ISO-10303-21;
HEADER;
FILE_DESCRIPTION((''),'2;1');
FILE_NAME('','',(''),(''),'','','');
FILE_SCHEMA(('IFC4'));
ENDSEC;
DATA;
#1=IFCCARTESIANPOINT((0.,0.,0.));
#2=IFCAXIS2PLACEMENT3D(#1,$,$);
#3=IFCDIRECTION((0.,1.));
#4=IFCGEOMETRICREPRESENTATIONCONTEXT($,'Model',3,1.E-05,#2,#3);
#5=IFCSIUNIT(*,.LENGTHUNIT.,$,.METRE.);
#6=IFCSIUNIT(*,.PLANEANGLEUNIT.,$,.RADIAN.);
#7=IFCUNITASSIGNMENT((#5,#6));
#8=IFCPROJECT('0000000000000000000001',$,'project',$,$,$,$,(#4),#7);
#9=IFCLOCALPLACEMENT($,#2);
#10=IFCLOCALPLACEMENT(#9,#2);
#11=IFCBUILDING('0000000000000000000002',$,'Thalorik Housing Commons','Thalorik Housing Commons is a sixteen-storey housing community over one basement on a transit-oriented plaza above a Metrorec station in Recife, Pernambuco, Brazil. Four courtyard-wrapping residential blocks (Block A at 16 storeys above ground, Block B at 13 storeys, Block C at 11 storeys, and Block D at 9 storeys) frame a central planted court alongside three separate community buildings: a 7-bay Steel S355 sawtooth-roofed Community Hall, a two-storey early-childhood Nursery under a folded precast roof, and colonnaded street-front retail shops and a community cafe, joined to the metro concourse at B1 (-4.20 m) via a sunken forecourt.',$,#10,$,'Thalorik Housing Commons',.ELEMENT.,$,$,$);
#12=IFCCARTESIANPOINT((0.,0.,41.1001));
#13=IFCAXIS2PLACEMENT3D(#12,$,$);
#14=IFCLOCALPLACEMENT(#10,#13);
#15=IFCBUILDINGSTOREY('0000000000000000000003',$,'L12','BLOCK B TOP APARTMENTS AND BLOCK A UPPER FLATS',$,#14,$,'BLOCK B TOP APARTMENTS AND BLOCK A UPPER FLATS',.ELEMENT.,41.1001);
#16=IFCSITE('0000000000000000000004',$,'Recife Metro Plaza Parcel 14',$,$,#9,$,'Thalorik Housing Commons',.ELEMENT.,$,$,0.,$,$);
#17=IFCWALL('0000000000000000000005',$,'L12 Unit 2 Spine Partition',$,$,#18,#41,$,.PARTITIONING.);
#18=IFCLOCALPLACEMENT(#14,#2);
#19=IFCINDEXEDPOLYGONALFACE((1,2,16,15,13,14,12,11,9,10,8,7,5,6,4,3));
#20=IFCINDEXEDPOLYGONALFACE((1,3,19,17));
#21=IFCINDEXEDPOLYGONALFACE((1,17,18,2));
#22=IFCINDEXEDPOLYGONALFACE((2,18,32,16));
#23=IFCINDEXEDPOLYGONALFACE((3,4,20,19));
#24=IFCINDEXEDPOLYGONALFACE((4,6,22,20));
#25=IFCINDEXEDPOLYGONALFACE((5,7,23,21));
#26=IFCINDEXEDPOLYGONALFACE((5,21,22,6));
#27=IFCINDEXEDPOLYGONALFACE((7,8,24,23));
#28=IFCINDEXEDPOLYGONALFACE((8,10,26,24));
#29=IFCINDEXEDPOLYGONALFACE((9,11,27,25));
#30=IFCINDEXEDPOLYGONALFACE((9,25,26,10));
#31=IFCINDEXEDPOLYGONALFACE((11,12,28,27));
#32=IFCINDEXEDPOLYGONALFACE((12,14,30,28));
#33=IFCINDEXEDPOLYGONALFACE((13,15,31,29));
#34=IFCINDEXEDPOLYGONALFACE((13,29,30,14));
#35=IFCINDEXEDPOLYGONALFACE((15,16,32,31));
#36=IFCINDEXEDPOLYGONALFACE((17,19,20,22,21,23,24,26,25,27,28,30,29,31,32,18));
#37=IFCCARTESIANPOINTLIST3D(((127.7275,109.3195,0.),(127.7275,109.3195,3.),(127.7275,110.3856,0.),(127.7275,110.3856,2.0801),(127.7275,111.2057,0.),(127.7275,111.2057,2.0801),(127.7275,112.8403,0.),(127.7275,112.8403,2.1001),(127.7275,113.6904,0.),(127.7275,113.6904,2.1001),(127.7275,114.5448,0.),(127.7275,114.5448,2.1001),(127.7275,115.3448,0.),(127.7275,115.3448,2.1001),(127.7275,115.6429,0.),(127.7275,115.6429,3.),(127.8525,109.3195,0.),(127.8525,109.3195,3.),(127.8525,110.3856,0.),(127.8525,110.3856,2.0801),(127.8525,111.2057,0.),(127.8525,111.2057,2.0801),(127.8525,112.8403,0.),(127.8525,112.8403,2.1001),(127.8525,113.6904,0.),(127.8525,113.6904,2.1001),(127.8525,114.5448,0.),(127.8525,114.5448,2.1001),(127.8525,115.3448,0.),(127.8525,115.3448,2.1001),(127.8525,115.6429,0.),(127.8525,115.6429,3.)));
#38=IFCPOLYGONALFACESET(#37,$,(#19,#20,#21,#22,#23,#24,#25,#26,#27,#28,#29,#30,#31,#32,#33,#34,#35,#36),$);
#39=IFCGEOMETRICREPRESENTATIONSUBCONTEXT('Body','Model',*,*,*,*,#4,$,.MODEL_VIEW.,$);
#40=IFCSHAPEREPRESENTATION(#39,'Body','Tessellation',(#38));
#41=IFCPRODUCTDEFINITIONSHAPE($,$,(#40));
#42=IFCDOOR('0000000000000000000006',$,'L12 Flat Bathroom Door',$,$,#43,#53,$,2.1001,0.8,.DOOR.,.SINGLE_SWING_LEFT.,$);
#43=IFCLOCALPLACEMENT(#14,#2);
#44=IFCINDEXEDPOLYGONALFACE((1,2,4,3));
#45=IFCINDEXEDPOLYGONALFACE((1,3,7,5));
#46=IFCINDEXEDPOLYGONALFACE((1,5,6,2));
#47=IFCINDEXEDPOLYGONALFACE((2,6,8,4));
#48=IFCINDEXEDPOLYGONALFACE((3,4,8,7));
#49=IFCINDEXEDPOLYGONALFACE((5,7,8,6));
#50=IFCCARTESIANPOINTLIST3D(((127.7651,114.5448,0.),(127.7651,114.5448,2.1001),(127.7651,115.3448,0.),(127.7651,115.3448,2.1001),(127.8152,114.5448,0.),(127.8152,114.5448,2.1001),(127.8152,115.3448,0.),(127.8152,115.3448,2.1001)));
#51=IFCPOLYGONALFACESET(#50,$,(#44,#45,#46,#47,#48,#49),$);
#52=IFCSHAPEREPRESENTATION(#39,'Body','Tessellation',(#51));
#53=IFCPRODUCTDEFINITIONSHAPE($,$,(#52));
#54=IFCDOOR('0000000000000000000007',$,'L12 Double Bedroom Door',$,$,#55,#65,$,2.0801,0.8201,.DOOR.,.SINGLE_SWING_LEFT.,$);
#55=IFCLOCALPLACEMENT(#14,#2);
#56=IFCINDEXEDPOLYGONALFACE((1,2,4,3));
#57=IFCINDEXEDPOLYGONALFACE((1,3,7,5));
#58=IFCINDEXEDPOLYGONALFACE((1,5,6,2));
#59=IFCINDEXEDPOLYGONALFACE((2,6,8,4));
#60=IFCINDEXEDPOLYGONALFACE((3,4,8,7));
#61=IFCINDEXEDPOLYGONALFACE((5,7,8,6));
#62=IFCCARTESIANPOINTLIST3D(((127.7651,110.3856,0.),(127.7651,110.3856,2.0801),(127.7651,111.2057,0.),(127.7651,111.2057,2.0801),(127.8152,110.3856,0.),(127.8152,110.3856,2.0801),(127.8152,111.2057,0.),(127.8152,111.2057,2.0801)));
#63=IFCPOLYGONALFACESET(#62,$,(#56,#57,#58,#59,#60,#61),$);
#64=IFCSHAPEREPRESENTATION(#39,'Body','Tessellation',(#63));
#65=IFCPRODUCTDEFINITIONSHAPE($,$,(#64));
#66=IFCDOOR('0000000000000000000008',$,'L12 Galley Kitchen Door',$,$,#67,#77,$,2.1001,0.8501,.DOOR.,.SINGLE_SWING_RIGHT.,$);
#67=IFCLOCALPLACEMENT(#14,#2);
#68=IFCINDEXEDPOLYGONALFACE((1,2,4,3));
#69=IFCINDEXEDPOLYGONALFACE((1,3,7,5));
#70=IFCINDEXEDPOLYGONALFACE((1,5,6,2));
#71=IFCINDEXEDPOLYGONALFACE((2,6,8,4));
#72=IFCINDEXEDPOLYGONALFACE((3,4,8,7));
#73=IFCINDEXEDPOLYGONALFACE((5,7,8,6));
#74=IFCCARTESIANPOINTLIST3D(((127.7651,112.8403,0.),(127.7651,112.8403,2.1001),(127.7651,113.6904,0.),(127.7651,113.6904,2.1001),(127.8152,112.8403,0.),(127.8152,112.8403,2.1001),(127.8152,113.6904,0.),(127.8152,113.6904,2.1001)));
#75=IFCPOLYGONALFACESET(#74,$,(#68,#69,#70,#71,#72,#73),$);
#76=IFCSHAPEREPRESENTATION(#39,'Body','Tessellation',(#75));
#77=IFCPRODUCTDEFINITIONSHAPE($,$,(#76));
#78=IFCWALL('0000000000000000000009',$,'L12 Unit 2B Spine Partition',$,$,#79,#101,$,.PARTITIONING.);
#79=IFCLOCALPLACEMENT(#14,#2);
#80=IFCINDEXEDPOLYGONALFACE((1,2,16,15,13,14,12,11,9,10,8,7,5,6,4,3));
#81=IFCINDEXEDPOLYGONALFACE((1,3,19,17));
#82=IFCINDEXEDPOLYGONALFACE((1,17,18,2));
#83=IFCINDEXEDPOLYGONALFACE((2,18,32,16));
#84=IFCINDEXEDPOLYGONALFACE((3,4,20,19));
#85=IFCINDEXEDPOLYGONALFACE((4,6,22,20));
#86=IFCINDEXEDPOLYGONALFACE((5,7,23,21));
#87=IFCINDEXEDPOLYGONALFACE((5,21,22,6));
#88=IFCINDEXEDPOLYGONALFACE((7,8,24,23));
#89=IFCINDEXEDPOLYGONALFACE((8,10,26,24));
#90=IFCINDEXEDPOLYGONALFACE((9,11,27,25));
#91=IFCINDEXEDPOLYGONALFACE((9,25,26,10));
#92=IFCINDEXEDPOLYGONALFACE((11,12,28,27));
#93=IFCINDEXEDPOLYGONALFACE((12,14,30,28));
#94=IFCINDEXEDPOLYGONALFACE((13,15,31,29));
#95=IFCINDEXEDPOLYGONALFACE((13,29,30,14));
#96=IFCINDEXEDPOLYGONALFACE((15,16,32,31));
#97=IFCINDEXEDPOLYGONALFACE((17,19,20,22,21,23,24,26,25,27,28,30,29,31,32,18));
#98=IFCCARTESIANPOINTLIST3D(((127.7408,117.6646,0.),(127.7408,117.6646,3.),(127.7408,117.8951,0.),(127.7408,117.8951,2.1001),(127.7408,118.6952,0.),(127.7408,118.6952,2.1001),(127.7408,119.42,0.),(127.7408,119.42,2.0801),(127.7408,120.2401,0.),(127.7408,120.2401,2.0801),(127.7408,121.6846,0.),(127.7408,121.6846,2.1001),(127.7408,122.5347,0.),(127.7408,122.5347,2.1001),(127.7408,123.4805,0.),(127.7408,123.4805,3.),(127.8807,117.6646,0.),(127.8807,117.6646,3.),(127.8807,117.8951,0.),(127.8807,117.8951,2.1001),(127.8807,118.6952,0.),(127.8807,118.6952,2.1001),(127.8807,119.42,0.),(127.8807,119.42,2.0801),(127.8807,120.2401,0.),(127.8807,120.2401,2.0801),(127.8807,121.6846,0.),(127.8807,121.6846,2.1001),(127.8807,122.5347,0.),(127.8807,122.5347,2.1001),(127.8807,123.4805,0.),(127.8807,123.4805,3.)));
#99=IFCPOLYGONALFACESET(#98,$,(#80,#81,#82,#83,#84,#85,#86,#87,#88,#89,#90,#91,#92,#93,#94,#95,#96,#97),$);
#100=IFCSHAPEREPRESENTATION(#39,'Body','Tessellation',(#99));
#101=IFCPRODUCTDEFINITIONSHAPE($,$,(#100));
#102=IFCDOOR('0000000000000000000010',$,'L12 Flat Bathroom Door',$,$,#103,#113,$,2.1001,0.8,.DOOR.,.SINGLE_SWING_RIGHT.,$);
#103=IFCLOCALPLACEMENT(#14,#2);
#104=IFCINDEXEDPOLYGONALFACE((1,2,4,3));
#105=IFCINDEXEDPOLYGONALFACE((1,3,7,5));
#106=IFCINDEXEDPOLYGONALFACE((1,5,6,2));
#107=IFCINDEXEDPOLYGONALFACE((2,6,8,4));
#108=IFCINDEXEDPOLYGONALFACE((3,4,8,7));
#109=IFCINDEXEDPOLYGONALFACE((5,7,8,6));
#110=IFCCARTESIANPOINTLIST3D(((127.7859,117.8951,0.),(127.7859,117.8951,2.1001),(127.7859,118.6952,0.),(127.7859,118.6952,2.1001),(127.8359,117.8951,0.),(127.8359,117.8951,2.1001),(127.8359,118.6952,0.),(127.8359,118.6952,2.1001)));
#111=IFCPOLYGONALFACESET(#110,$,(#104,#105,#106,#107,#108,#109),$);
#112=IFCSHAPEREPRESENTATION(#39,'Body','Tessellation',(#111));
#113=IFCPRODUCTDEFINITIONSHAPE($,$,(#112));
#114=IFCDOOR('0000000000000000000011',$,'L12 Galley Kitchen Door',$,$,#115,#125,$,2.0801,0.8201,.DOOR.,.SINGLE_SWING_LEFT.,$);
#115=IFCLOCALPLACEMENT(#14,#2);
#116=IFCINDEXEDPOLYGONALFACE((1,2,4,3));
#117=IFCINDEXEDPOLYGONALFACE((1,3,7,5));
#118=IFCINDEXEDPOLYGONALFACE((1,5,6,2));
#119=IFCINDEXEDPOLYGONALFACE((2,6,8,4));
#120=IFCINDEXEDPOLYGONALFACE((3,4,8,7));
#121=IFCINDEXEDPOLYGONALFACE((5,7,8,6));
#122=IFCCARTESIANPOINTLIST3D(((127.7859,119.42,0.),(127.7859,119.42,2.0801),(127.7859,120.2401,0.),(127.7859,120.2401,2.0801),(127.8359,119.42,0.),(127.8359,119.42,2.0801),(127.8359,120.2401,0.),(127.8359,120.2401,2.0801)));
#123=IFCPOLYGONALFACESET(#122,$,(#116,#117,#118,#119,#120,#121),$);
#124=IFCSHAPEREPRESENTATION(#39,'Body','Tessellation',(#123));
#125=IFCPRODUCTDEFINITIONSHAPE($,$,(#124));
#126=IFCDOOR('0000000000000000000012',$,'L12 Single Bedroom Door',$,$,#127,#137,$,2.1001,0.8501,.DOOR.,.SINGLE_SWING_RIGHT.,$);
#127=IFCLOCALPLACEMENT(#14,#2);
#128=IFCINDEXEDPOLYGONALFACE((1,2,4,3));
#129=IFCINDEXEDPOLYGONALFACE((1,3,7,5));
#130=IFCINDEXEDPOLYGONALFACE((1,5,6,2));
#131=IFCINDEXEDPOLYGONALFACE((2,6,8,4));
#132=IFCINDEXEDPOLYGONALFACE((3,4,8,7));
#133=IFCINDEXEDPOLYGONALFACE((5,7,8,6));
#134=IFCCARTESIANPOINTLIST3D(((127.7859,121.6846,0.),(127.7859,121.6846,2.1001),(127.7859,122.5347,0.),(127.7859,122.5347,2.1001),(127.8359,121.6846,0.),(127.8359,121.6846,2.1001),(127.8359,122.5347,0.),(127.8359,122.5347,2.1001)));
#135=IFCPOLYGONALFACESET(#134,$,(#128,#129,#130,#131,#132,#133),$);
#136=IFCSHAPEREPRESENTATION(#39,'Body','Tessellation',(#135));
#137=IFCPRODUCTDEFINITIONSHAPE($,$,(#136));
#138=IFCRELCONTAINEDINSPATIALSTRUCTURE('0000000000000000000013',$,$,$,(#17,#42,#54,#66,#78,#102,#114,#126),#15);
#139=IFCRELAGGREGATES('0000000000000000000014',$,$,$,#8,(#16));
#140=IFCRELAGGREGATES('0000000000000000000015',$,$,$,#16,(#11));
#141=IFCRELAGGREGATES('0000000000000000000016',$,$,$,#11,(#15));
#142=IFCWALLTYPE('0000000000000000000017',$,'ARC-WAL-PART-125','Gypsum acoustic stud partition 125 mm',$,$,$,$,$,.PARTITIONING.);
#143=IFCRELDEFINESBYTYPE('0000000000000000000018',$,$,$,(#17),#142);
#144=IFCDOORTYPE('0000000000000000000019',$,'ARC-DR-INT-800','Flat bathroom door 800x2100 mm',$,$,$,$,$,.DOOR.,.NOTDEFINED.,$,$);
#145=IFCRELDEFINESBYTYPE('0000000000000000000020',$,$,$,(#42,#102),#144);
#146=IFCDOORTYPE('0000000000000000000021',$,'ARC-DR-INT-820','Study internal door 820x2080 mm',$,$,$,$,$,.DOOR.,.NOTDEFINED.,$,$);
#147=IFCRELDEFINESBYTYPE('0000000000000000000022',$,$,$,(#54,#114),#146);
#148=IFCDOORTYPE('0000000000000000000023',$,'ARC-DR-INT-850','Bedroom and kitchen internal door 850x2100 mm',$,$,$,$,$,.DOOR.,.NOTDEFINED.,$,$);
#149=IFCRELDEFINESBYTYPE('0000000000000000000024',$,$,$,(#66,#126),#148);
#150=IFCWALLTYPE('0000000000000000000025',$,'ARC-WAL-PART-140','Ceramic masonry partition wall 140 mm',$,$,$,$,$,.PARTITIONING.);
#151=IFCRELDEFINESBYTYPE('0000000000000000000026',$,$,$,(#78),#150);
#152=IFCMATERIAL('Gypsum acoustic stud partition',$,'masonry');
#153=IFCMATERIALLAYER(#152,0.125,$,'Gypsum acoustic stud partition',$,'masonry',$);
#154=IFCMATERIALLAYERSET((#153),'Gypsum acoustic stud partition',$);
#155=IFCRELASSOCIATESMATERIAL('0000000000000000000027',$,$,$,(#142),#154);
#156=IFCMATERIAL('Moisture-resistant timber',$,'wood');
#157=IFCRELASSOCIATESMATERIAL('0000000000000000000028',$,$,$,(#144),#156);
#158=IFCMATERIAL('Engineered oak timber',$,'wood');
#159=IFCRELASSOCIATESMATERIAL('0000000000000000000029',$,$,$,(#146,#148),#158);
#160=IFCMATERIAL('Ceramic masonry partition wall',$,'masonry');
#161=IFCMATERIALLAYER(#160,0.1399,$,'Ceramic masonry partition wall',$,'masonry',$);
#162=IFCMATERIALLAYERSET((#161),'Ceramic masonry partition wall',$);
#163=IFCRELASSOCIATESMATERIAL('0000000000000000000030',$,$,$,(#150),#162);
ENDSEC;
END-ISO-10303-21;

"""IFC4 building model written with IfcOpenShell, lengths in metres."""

from ifc_helpers import new_model, si_unit, direction, frame, frame_2d, origin, place, context, subcontext, project, spatial, rectangle, extrude, material, layer, layer_set, type_object, element, fill, save


model = new_model("IFC4")

# Units and contexts
model_context = context("Model", 3, precision=1e-05, world=origin(), true_north=direction((0.0, 1.0)))
body_context = subcontext(model_context, "Body", "Model", "MODEL_VIEW")
ifc_project = project(units=[si_unit("LENGTHUNIT", "METRE"), si_unit("PLANEANGLEUNIT", "RADIAN")], contexts=[model_context])

# Site, building, storey
site_placement = place(None, origin())
site = spatial("IfcSite", under=ifc_project, at=site_placement, Name="Recife Metro Plaza Parcel 14", LongName="Thalorik Housing Commons", CompositionType="ELEMENT", RefElevation=0.0)
building_placement = place(site_placement, origin())
building = spatial("IfcBuilding", under=site, at=building_placement, Name="Thalorik Housing Commons", Description="Thalorik Housing Commons is a sixteen-storey housing community over one basement on a transit-oriented plaza above a Metrorec station in Recife, Pernambuco, Brazil. Four courtyard-wrapping residential blocks (Block A at 16 storeys above ground, Block B at 13 storeys, Block C at 11 storeys, and Block D at 9 storeys) frame a central planted court alongside three separate community buildings: a 7-bay Steel S355 sawtooth-roofed Community Hall, a two-storey early-childhood Nursery under a folded precast roof, and colonnaded street-front retail shops and a community cafe, joined to the metro concourse at B1 (-4.20 m) via a sunken forecourt.", LongName="Thalorik Housing Commons", CompositionType="ELEMENT")
storey_placement = place(building_placement, frame((0.0, 0.0, 41.1001)))
storey = spatial("IfcBuildingStorey", under=building, at=storey_placement, Name="L12", Description="BLOCK B TOP APARTMENTS AND BLOCK A UPPER FLATS", LongName="BLOCK B TOP APARTMENTS AND BLOCK A UPPER FLATS", CompositionType="ELEMENT", Elevation=41.1001)

# Walls, openings, doors
ifc_material_1 = material(Name="Gypsum acoustic stud partition", Category="masonry")
ifc_layer_1 = layer(ifc_material_1, 0.125, Name="Gypsum acoustic stud partition", Category="masonry")
ifc_layer_set_1 = layer_set([ifc_layer_1], Name="Gypsum acoustic stud partition")
wall_type_1 = type_object("IfcWallType", Name="ARC-WAL-PART-125", Description="Gypsum acoustic stud partition 125 mm", PredefinedType="PARTITIONING", material=ifc_layer_set_1)
wall_1_placement = place(storey_placement, frame((127.79, 109.3196, 0.0), z_axis=(0.0, 0.0, 1.0), x_axis=(0.0, 1.0, 0.0)))
wall_1 = element("IfcWall", 1, at=wall_1_placement, inside=storey, type_object=wall_type_1, Name="L12 Unit 2 Spine Partition", PredefinedType="PARTITIONING", context=body_context, shape_type="SweptSolid", body=[
    extrude(rectangle(XDim=6.3235, YDim=0.125, at=frame_2d((3.1616, 0.0))), origin(), (0.0, 0.0, 1.0), 3.0),
])
opening_1_placement = place(wall_1_placement, frame((1.0659, 0.0, 0.0)))
opening_1 = element("IfcOpeningElement", 2, at=opening_1_placement, cuts=wall_1, PredefinedType="OPENING", context=body_context, shape_type="SweptSolid", body=[
    extrude(rectangle(XDim=0.8201, YDim=2.0801, at=frame_2d((0.4102, 1.04))), frame((0.0, 0.0725, 0.0), z_axis=(0.0, -1.0, 0.0), x_axis=(1.0, 0.0, 0.0)), (0.0, 0.0, 1.0), 0.145),
])
opening_2_placement = place(wall_1_placement, frame((3.5208, 0.0, 0.0)))
opening_2 = element("IfcOpeningElement", 3, at=opening_2_placement, cuts=wall_1, PredefinedType="OPENING", context=body_context, shape_type="SweptSolid", body=[
    extrude(rectangle(XDim=0.8501, YDim=2.1001, at=frame_2d((0.425, 1.05))), frame((0.0, 0.0725, 0.0), z_axis=(0.0, -1.0, 0.0), x_axis=(1.0, 0.0, 0.0)), (0.0, 0.0, 1.0), 0.145),
])
opening_3_placement = place(wall_1_placement, frame((5.2253, 0.0, 0.0)))
opening_3 = element("IfcOpeningElement", 4, at=opening_3_placement, cuts=wall_1, PredefinedType="OPENING", context=body_context, shape_type="SweptSolid", body=[
    extrude(rectangle(XDim=0.8, YDim=2.1001, at=frame_2d((0.3999, 1.05))), frame((0.0, 0.0725, 0.0), z_axis=(0.0, -1.0, 0.0), x_axis=(1.0, 0.0, 0.0)), (0.0, 0.0, 1.0), 0.145),
])
ifc_material_2 = material(Name="Moisture-resistant timber", Category="wood")
door_type_1 = type_object("IfcDoorType", Name="ARC-DR-INT-800", Description="Flat bathroom door 800x2100 mm", OperationType="NOTDEFINED", PredefinedType="DOOR", material=ifc_material_2)
door_1_placement = place(opening_3_placement, origin())
door_1 = element("IfcDoor", 5, at=door_1_placement, inside=storey, type_object=door_type_1, Name="L12 Flat Bathroom Door", OperationType="SINGLE_SWING_LEFT", OverallHeight=2.1001, OverallWidth=0.8, PredefinedType="DOOR", context=body_context, shape_type="SweptSolid", body=[
    extrude(rectangle(XDim=0.8, YDim=2.1001, at=frame_2d((0.3999, 1.05))), frame((0.0, 0.0249, 0.0), z_axis=(0.0, -1.0, 0.0), x_axis=(1.0, 0.0, 0.0)), (0.0, 0.0, 1.0), 0.05),
])
fill(opening_3, door_1)
ifc_material_3 = material(Name="Engineered oak timber", Category="wood")
door_type_2 = type_object("IfcDoorType", Name="ARC-DR-INT-820", Description="Study internal door 820x2080 mm", OperationType="NOTDEFINED", PredefinedType="DOOR", material=ifc_material_3)
door_2_placement = place(opening_1_placement, origin())
door_2 = element("IfcDoor", 6, at=door_2_placement, inside=storey, type_object=door_type_2, Name="L12 Double Bedroom Door", OperationType="SINGLE_SWING_LEFT", OverallHeight=2.0801, OverallWidth=0.8201, PredefinedType="DOOR", context=body_context, shape_type="SweptSolid", body=[
    extrude(rectangle(XDim=0.8201, YDim=2.0801, at=frame_2d((0.4102, 1.04))), frame((0.0, 0.0249, 0.0), z_axis=(0.0, -1.0, 0.0), x_axis=(1.0, 0.0, 0.0)), (0.0, 0.0, 1.0), 0.05),
])
fill(opening_1, door_2)
door_type_3 = type_object("IfcDoorType", Name="ARC-DR-INT-850", Description="Bedroom and kitchen internal door 850x2100 mm", OperationType="NOTDEFINED", PredefinedType="DOOR", material=ifc_material_3)
door_3_placement = place(opening_2_placement, origin())
door_3 = element("IfcDoor", 7, at=door_3_placement, inside=storey, type_object=door_type_3, Name="L12 Galley Kitchen Door", OperationType="SINGLE_SWING_RIGHT", OverallHeight=2.1001, OverallWidth=0.8501, PredefinedType="DOOR", context=body_context, shape_type="SweptSolid", body=[
    extrude(rectangle(XDim=0.8501, YDim=2.1001, at=frame_2d((0.425, 1.05))), frame((0.0, 0.0249, 0.0), z_axis=(0.0, -1.0, 0.0), x_axis=(1.0, 0.0, 0.0)), (0.0, 0.0, 1.0), 0.05),
])
fill(opening_2, door_3)
ifc_material_4 = material(Name="Ceramic masonry partition wall", Category="masonry")
ifc_layer_2 = layer(ifc_material_4, 0.1399, Name="Ceramic masonry partition wall", Category="masonry")
ifc_layer_set_2 = layer_set([ifc_layer_2], Name="Ceramic masonry partition wall")
wall_type_2 = type_object("IfcWallType", Name="ARC-WAL-PART-140", Description="Ceramic masonry partition wall 140 mm", PredefinedType="PARTITIONING", material=ifc_layer_set_2)
wall_2_placement = place(storey_placement, frame((127.8108, 117.6646, 0.0), z_axis=(0.0, 0.0, 1.0), x_axis=(0.0, 1.0, 0.0)))
wall_2 = element("IfcWall", 8, at=wall_2_placement, inside=storey, type_object=wall_type_2, Name="L12 Unit 2B Spine Partition", PredefinedType="PARTITIONING", context=body_context, shape_type="SweptSolid", body=[
    extrude(rectangle(XDim=5.8159, YDim=0.1399, at=frame_2d((2.908, 0.0))), origin(), (0.0, 0.0, 1.0), 3.0),
])
opening_4_placement = place(wall_2_placement, frame((0.2307, 0.0, 0.0)))
opening_4 = element("IfcOpeningElement", 9, at=opening_4_placement, cuts=wall_2, PredefinedType="OPENING", context=body_context, shape_type="SweptSolid", body=[
    extrude(rectangle(XDim=0.8, YDim=2.1001, at=frame_2d((0.3999, 1.05))), frame((0.0, 0.0801, 0.0), z_axis=(0.0, -1.0, 0.0), x_axis=(1.0, 0.0, 0.0)), (0.0, 0.0, 1.0), 0.1599),
])
opening_5_placement = place(wall_2_placement, frame((1.7554, 0.0, 0.0)))
opening_5 = element("IfcOpeningElement", 10, at=opening_5_placement, cuts=wall_2, PredefinedType="OPENING", context=body_context, shape_type="SweptSolid", body=[
    extrude(rectangle(XDim=0.8201, YDim=2.0801, at=frame_2d((0.4102, 1.04))), frame((0.0, 0.0801, 0.0), z_axis=(0.0, -1.0, 0.0), x_axis=(1.0, 0.0, 0.0)), (0.0, 0.0, 1.0), 0.1599),
])
opening_6_placement = place(wall_2_placement, frame((4.02, 0.0, 0.0)))
opening_6 = element("IfcOpeningElement", 11, at=opening_6_placement, cuts=wall_2, PredefinedType="OPENING", context=body_context, shape_type="SweptSolid", body=[
    extrude(rectangle(XDim=0.8501, YDim=2.1001, at=frame_2d((0.425, 1.05))), frame((0.0, 0.0801, 0.0), z_axis=(0.0, -1.0, 0.0), x_axis=(1.0, 0.0, 0.0)), (0.0, 0.0, 1.0), 0.1599),
])
door_4_placement = place(opening_4_placement, origin())
door_4 = element("IfcDoor", 12, at=door_4_placement, inside=storey, type_object=door_type_1, Name="L12 Flat Bathroom Door", OperationType="SINGLE_SWING_RIGHT", OverallHeight=2.1001, OverallWidth=0.8, PredefinedType="DOOR", context=body_context, shape_type="SweptSolid", body=[
    extrude(rectangle(XDim=0.8, YDim=2.1001, at=frame_2d((0.3999, 1.05))), frame((0.0, 0.0249, 0.0), z_axis=(0.0, -1.0, 0.0), x_axis=(1.0, 0.0, 0.0)), (0.0, 0.0, 1.0), 0.05),
])
fill(opening_4, door_4)
door_5_placement = place(opening_5_placement, origin())
door_5 = element("IfcDoor", 13, at=door_5_placement, inside=storey, type_object=door_type_2, Name="L12 Galley Kitchen Door", OperationType="SINGLE_SWING_LEFT", OverallHeight=2.0801, OverallWidth=0.8201, PredefinedType="DOOR", context=body_context, shape_type="SweptSolid", body=[
    extrude(rectangle(XDim=0.8201, YDim=2.0801, at=frame_2d((0.4102, 1.04))), frame((0.0, 0.0249, 0.0), z_axis=(0.0, -1.0, 0.0), x_axis=(1.0, 0.0, 0.0)), (0.0, 0.0, 1.0), 0.05),
])
fill(opening_5, door_5)
door_6_placement = place(opening_6_placement, origin())
door_6 = element("IfcDoor", 14, at=door_6_placement, inside=storey, type_object=door_type_3, Name="L12 Single Bedroom Door", OperationType="SINGLE_SWING_RIGHT", OverallHeight=2.1001, OverallWidth=0.8501, PredefinedType="DOOR", context=body_context, shape_type="SweptSolid", body=[
    extrude(rectangle(XDim=0.8501, YDim=2.1001, at=frame_2d((0.425, 1.05))), frame((0.0, 0.0249, 0.0), z_axis=(0.0, -1.0, 0.0), x_axis=(1.0, 0.0, 0.0)), (0.0, 0.0, 1.0), 0.05),
])
fill(opening_6, door_6)

save(model, "model.ifc")
